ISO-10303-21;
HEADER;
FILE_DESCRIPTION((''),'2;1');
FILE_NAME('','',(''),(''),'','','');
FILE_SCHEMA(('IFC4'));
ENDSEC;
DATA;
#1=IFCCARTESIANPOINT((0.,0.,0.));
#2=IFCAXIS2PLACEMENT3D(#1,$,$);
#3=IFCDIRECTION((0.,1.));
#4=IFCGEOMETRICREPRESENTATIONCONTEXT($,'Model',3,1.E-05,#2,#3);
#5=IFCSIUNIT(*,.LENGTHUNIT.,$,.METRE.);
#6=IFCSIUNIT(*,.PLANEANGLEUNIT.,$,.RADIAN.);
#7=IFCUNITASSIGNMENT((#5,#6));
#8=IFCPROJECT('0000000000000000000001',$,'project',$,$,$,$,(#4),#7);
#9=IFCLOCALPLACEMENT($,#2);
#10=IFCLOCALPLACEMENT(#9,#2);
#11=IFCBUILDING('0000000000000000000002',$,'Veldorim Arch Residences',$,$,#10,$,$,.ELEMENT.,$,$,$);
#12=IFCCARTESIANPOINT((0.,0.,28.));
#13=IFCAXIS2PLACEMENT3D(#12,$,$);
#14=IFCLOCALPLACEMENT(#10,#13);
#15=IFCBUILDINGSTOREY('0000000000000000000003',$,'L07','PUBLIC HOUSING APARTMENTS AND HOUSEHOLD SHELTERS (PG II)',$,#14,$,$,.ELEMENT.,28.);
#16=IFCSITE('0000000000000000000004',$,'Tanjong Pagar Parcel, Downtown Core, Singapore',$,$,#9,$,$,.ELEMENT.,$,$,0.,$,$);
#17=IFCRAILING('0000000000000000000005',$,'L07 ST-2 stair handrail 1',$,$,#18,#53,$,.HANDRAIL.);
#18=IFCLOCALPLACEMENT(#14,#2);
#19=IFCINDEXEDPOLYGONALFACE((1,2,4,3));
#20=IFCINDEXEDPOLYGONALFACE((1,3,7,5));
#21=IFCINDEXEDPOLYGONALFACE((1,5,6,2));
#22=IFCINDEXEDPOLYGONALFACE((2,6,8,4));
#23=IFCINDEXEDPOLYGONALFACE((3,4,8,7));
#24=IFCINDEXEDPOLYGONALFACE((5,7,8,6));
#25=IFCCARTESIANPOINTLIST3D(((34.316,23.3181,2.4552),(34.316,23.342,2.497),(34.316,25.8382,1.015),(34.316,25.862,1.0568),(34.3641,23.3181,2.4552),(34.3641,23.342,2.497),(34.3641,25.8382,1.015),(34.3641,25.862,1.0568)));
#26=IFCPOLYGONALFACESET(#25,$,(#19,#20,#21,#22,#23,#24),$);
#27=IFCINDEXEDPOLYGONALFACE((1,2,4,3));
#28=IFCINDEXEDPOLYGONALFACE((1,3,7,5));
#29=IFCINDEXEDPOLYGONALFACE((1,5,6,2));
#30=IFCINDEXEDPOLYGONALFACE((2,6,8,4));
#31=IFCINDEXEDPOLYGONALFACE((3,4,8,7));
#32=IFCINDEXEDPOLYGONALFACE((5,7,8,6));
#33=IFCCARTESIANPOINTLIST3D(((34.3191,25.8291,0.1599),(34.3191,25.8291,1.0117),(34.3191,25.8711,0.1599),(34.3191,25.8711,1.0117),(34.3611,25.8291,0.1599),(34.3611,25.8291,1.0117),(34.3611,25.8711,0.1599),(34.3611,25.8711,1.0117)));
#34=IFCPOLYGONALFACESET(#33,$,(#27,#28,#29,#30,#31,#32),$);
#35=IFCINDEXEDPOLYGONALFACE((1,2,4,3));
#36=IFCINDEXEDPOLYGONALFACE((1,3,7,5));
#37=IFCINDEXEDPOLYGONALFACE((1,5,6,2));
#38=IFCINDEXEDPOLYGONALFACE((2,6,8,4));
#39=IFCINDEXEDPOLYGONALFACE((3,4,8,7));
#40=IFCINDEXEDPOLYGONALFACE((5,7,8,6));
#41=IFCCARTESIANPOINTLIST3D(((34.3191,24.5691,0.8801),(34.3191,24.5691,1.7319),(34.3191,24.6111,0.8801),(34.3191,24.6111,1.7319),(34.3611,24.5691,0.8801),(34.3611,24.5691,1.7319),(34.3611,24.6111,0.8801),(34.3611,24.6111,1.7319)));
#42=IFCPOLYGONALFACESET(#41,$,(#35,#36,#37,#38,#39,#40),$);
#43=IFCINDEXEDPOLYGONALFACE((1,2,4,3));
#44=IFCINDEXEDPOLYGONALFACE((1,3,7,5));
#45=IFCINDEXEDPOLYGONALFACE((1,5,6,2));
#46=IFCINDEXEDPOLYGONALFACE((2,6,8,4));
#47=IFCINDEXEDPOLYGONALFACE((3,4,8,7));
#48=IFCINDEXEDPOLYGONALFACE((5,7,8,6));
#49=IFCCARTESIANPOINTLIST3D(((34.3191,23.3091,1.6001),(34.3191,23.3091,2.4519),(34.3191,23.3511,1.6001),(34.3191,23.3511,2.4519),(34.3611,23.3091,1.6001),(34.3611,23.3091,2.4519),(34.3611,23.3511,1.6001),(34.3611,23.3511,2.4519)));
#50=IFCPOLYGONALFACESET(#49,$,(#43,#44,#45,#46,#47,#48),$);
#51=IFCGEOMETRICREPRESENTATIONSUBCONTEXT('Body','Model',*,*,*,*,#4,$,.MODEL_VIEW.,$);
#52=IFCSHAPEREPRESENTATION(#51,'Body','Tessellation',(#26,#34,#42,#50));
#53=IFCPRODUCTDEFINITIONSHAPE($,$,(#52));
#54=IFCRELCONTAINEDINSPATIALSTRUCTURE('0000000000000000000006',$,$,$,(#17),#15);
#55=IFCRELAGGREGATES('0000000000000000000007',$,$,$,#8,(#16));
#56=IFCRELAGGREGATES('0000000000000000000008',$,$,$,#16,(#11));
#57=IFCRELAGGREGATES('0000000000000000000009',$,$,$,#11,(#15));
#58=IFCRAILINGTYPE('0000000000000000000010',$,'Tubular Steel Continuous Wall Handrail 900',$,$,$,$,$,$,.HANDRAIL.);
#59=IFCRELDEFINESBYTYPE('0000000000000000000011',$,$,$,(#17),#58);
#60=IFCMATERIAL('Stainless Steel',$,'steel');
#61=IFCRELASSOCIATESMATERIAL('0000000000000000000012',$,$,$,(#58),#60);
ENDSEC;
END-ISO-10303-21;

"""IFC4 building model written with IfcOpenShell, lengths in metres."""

from ifc_helpers import new_model, si_unit, direction, frame, origin, origin_2d, place, context, subcontext, project, spatial, rectangle, extrude, material, type_object, element, save


model = new_model("IFC4")

# Units and contexts
model_context = context("Model", 3, precision=1e-05, world=origin(), true_north=direction((0.0, 1.0)))
body_context = subcontext(model_context, "Body", "Model", "MODEL_VIEW")
ifc_project = project(units=[si_unit("LENGTHUNIT", "METRE"), si_unit("PLANEANGLEUNIT", "RADIAN")], contexts=[model_context])

# Site, building, storey
site_placement = place(None, origin())
site = spatial("IfcSite", under=ifc_project, at=site_placement, Name="Tanjong Pagar Parcel, Downtown Core, Singapore", CompositionType="ELEMENT", RefElevation=0.0)
building_placement = place(site_placement, origin())
building = spatial("IfcBuilding", under=site, at=building_placement, Name="Veldorim Arch Residences", CompositionType="ELEMENT")
storey_placement = place(building_placement, frame((0.0, 0.0, 28.0)))
storey = spatial("IfcBuildingStorey", under=building, at=storey_placement, Name="L07", Description="PUBLIC HOUSING APARTMENTS AND HOUSEHOLD SHELTERS (PG II)", CompositionType="ELEMENT", Elevation=28.0)

# Railing
ifc_material_1 = material(Name="Stainless Steel", Category="steel")
railing_type_1 = type_object("IfcRailingType", Name="Tubular Steel Continuous Wall Handrail 900", PredefinedType="HANDRAIL", material=ifc_material_1)
railing_1_placement = place(storey_placement, frame((34.3401, 25.8501, 0.1599)))
element("IfcRailing", 1, at=railing_1_placement, inside=storey, type_object=railing_type_1, Name="L07 ST-2 stair handrail 1", PredefinedType="HANDRAIL", context=body_context, shape_type="SweptSolid", body=[
    extrude(rectangle(XDim=0.0481, YDim=0.0481, at=origin_2d()), frame((0.0, 0.0, 0.876), z_axis=(0.0, -0.868217, 0.496184), x_axis=(1.0, 0.0, 0.0)), (0.0, 0.0, 1.0), 2.9026),
    extrude(rectangle(XDim=0.042, YDim=0.042, at=origin_2d()), origin(), (0.0, 0.0, 1.0), 0.8518),
    extrude(rectangle(XDim=0.042, YDim=0.042, at=origin_2d()), frame((0.0, -1.26, 0.7202)), (0.0, 0.0, 1.0), 0.8518),
    extrude(rectangle(XDim=0.042, YDim=0.042, at=origin_2d()), frame((0.0, -2.52, 1.4402)), (0.0, 0.0, 1.0), 0.8518),
])

save(model, "model.ifc")
